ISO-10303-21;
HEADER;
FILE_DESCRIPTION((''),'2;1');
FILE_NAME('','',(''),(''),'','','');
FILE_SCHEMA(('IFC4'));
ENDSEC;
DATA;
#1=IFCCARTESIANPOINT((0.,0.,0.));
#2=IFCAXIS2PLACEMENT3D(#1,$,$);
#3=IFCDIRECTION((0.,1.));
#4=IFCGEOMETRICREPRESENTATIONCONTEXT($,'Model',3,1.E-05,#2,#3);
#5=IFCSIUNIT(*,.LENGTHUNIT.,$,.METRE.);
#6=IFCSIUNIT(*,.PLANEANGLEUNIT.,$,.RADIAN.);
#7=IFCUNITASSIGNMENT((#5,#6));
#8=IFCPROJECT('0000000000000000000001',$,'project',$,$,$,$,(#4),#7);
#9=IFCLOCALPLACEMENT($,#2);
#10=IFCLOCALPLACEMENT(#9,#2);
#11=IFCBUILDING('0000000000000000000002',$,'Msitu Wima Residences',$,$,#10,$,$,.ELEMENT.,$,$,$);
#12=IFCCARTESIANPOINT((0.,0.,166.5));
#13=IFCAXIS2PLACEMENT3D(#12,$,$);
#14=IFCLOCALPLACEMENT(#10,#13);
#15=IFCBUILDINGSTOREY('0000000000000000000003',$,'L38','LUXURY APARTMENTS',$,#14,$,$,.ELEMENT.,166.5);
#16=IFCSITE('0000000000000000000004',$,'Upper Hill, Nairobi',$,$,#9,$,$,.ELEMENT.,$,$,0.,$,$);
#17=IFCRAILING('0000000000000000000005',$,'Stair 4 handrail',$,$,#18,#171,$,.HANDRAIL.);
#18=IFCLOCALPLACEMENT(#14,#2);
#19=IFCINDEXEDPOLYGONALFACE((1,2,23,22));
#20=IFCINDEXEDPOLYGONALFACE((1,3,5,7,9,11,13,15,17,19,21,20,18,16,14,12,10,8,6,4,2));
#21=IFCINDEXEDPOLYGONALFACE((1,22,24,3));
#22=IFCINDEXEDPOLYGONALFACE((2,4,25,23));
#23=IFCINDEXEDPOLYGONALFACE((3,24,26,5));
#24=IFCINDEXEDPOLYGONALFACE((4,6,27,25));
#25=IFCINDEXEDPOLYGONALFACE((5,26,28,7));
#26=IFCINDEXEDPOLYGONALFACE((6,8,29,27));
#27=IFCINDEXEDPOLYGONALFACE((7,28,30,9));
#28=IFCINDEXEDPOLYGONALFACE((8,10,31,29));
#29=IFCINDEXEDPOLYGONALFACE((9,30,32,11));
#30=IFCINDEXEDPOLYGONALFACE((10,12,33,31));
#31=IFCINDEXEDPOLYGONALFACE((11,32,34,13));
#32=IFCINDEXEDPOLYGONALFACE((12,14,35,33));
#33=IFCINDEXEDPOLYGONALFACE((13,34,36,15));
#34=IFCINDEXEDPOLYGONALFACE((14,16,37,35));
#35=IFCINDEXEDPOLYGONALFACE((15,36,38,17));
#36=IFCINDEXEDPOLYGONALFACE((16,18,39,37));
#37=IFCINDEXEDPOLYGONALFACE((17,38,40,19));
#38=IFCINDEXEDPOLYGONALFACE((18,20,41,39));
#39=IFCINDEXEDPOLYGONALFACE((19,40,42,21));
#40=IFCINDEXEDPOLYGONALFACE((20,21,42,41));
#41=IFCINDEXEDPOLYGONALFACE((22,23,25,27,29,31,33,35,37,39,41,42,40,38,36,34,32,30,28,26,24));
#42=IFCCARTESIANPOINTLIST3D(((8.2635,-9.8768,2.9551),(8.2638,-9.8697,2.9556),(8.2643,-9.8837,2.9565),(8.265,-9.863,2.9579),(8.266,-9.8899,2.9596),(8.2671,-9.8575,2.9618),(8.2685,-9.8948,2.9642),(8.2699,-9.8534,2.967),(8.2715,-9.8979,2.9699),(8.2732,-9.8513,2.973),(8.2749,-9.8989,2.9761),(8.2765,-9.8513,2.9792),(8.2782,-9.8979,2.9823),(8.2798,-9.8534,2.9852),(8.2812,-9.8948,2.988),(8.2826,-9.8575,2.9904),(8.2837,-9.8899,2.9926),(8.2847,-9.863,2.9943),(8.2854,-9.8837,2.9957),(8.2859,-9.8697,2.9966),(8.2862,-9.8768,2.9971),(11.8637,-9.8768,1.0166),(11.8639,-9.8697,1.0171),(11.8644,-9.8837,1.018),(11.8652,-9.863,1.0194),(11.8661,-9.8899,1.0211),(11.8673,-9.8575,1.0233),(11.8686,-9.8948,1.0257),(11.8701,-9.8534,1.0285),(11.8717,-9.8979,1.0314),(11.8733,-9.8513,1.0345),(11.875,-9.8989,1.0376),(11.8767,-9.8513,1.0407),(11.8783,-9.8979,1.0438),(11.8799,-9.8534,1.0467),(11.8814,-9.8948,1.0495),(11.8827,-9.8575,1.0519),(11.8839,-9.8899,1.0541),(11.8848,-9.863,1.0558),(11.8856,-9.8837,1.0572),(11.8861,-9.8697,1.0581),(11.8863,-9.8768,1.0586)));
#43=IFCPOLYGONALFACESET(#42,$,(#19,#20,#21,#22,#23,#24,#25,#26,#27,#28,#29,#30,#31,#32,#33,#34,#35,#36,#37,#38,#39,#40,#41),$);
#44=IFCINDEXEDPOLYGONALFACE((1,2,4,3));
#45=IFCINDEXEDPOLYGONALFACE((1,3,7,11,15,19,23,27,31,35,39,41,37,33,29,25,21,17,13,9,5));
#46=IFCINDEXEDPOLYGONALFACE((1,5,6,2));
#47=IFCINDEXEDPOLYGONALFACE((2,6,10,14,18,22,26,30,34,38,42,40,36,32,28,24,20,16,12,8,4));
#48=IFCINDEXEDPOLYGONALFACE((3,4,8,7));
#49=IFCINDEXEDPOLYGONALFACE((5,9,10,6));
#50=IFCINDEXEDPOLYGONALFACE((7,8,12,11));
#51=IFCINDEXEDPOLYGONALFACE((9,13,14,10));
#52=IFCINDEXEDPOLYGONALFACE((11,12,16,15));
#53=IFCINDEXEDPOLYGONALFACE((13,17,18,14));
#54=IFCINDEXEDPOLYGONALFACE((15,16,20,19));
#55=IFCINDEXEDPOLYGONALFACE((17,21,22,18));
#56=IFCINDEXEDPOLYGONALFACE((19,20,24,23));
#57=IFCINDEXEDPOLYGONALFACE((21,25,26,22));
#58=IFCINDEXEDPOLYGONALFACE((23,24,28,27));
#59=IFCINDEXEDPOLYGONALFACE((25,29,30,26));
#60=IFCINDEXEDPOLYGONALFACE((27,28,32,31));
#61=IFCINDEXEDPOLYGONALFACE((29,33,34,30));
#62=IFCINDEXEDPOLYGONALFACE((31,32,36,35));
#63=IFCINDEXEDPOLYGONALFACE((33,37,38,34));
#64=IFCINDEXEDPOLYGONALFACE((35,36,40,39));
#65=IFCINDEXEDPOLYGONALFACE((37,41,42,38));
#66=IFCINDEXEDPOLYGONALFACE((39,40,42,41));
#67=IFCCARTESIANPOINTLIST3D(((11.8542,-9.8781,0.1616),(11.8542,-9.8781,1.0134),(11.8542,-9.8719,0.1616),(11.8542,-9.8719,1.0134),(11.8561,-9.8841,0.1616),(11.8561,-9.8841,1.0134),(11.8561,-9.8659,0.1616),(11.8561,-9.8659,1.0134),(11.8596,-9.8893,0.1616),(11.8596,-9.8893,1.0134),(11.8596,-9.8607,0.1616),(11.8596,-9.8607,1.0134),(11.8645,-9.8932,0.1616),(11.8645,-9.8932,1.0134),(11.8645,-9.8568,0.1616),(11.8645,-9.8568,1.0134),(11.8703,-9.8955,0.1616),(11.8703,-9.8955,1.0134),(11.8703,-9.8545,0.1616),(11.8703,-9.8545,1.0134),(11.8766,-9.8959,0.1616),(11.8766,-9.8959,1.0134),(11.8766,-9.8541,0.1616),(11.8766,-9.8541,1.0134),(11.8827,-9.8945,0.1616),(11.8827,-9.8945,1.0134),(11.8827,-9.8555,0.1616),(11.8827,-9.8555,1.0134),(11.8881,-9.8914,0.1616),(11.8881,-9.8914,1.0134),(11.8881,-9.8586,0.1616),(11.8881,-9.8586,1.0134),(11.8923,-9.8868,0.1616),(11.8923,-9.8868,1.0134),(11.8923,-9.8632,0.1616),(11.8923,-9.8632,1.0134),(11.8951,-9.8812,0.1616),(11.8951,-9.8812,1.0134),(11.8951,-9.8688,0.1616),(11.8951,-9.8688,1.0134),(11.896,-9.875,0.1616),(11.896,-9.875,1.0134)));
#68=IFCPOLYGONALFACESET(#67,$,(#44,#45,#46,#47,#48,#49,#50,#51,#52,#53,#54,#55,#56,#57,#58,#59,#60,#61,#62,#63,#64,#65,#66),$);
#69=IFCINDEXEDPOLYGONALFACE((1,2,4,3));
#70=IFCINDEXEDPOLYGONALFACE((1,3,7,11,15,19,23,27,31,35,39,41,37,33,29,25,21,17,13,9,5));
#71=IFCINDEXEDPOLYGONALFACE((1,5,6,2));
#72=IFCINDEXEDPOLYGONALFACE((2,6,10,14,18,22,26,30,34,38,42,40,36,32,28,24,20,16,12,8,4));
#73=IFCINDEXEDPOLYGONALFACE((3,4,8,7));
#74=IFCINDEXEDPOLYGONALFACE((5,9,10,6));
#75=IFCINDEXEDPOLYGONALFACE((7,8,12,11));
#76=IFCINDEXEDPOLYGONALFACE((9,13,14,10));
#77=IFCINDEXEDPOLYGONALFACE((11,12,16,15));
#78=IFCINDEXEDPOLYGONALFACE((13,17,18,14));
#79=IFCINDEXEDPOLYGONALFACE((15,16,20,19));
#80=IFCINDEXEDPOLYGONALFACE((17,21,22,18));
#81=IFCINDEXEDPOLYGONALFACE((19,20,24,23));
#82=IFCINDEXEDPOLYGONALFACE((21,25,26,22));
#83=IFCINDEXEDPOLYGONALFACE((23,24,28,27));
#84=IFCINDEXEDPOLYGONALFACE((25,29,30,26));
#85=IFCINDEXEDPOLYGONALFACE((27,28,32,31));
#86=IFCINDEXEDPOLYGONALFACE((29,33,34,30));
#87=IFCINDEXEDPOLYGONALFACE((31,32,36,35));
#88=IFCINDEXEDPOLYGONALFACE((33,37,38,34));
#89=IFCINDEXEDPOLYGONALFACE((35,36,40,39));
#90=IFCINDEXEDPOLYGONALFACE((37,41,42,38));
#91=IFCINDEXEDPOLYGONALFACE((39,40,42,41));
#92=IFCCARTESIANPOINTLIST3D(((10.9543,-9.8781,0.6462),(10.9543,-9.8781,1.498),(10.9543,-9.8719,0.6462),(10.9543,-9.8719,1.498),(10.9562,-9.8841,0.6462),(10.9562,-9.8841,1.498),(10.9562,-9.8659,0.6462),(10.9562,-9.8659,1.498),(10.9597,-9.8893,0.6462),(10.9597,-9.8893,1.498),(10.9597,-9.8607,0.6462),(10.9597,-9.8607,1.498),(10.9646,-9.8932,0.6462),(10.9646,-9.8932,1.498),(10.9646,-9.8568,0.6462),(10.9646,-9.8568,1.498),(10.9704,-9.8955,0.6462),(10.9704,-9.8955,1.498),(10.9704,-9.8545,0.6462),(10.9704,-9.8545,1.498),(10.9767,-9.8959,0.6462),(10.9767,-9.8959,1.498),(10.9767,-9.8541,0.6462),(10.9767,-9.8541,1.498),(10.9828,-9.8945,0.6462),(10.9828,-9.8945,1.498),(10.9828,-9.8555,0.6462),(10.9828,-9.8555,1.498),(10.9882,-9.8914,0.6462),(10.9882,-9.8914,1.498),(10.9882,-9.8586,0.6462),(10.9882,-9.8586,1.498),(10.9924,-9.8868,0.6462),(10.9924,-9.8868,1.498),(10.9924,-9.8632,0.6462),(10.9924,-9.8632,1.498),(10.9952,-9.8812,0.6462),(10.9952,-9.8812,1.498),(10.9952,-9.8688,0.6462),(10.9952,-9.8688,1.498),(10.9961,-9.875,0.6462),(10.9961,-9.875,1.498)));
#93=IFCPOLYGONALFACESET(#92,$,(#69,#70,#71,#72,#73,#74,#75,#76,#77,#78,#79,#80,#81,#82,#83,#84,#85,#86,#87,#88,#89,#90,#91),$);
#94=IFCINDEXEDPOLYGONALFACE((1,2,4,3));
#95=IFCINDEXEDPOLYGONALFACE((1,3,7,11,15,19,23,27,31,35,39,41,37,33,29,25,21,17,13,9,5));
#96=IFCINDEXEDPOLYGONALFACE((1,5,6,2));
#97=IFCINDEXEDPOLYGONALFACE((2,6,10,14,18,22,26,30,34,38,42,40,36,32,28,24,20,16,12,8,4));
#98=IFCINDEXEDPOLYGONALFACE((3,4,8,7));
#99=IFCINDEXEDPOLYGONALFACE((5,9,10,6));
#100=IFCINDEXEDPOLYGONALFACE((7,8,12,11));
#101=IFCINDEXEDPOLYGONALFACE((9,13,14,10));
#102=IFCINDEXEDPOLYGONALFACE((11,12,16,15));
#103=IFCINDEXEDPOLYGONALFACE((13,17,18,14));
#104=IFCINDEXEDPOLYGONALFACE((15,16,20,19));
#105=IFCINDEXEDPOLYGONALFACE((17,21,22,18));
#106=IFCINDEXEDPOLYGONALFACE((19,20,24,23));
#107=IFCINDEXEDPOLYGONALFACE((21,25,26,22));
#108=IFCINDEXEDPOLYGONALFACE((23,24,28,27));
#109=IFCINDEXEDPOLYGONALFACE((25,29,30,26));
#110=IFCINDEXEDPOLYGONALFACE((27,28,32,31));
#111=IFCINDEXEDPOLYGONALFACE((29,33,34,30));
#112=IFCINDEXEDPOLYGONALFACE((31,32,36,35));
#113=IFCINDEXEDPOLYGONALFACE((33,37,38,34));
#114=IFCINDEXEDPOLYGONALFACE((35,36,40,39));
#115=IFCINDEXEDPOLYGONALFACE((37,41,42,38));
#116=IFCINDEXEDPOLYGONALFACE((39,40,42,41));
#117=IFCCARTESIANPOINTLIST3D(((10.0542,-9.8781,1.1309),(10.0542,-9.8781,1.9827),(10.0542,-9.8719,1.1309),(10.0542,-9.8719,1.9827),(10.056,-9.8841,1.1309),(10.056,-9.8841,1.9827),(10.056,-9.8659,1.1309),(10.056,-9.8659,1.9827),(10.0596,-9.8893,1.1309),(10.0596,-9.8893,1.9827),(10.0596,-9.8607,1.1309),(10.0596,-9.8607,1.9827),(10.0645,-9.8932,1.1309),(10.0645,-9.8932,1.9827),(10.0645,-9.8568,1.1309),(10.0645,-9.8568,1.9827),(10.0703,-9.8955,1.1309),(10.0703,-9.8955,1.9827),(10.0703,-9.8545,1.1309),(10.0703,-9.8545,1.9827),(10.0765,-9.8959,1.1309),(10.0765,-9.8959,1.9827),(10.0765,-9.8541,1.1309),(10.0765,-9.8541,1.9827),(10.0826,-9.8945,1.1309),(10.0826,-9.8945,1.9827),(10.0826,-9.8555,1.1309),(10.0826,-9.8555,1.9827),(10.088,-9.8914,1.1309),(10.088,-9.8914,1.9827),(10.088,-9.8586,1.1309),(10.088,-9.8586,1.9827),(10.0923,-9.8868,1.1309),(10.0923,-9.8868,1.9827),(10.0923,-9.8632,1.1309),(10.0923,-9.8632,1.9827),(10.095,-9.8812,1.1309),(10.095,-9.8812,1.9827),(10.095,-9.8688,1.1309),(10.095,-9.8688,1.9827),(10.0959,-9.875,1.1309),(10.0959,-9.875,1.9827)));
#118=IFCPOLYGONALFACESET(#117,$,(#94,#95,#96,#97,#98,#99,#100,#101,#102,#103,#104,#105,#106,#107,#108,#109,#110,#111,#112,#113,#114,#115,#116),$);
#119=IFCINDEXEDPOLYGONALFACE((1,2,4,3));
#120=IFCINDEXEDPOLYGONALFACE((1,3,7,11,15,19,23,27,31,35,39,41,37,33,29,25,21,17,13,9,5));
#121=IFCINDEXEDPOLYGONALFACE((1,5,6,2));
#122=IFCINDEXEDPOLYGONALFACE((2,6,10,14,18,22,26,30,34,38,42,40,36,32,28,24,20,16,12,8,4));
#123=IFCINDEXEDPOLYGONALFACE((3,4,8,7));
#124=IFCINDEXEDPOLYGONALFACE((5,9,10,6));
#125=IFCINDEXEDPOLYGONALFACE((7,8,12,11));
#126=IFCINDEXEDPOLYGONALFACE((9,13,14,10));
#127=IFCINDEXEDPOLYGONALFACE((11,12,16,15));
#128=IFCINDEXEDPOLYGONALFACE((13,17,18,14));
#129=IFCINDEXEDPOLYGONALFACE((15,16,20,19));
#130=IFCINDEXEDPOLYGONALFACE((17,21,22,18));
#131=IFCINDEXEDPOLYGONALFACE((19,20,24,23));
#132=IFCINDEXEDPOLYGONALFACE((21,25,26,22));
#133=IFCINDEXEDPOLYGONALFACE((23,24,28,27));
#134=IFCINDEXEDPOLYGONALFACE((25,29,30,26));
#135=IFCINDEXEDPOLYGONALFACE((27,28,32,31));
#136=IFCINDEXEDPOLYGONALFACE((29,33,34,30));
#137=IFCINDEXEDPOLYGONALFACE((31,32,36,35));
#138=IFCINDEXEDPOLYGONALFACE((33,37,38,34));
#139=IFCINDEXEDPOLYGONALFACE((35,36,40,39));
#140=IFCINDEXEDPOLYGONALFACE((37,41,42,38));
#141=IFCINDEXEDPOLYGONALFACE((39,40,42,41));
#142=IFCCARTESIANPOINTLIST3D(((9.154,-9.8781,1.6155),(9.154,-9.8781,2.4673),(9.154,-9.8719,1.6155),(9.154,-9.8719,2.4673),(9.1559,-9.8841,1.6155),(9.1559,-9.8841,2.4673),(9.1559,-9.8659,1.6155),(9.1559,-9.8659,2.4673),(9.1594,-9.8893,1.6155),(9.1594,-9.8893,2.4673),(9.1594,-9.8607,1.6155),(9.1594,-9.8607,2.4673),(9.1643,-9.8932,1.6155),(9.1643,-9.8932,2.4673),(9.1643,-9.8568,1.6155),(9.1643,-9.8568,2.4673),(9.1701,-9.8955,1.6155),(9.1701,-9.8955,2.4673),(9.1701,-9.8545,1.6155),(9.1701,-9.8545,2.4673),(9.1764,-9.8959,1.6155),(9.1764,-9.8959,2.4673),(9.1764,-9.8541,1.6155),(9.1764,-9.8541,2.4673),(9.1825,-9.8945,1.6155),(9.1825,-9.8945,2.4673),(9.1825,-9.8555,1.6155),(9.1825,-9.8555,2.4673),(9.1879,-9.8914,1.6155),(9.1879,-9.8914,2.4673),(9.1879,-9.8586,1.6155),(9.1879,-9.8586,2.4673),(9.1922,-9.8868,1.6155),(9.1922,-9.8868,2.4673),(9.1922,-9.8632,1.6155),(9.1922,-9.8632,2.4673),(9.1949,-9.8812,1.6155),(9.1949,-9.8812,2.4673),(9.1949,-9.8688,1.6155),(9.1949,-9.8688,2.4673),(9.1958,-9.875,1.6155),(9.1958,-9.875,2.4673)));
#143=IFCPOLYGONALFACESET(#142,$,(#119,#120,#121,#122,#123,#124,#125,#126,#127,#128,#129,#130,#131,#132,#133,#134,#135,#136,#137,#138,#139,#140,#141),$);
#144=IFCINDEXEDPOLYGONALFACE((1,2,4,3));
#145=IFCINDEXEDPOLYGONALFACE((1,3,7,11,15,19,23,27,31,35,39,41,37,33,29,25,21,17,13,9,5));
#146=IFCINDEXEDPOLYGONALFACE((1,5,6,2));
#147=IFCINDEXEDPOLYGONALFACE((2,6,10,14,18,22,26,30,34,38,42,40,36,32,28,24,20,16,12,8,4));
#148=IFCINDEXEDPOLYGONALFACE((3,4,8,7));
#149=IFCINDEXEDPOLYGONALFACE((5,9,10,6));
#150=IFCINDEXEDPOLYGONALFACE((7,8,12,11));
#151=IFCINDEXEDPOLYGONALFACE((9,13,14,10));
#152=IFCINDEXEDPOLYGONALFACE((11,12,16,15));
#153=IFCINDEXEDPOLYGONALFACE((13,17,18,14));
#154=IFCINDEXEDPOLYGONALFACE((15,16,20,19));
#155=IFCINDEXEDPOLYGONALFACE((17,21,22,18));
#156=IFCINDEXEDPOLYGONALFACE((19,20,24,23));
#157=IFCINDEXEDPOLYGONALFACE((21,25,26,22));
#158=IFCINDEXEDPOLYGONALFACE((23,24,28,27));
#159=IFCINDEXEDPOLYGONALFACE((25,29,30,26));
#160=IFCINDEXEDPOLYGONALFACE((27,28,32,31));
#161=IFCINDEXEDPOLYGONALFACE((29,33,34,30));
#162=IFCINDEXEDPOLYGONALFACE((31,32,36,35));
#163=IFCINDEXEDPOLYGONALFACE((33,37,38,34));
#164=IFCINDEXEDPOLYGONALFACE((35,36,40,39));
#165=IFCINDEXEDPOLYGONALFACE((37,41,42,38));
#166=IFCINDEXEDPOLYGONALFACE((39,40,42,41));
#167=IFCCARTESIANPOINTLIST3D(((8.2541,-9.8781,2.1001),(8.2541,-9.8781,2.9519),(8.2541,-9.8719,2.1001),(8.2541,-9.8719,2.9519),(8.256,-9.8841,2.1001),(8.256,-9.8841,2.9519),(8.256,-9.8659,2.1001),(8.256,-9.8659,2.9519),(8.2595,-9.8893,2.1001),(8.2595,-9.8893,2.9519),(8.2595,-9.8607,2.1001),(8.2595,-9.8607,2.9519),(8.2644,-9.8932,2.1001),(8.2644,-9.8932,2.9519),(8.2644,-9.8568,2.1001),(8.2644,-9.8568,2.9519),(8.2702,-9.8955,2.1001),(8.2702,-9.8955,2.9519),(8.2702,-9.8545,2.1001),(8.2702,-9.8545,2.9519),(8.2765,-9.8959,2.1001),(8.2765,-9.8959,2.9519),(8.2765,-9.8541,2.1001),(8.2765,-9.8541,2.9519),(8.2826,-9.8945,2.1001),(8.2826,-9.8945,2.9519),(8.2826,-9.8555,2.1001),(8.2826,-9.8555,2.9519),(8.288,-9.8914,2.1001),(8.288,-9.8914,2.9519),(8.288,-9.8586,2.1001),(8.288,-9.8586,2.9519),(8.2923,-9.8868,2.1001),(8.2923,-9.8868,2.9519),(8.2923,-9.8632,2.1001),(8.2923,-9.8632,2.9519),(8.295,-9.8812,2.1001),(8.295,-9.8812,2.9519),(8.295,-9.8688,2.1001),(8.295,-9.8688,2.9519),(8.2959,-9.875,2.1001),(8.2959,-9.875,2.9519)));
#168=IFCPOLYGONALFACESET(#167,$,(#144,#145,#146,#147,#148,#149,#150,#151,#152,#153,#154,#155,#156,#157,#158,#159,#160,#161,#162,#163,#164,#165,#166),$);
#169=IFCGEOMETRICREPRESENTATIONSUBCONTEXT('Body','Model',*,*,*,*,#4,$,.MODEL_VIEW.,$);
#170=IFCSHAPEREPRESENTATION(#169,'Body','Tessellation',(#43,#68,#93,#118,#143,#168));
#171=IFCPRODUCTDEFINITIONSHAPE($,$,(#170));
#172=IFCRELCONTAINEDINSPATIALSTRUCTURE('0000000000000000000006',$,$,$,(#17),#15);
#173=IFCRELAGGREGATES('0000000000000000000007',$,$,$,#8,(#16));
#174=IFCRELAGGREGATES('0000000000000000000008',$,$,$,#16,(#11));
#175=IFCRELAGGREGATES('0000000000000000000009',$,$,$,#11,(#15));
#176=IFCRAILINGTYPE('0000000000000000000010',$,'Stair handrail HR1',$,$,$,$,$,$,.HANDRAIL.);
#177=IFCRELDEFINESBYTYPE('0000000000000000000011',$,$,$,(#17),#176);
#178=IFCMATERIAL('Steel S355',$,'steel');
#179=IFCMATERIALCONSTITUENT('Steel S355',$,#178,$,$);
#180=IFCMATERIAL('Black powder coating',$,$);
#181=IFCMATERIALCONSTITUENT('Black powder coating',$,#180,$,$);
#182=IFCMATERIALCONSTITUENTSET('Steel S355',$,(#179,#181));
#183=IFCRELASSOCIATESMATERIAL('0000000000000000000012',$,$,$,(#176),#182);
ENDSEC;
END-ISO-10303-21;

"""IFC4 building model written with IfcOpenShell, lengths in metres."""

from ifc_helpers import new_model, si_unit, direction, frame, origin, origin_2d, place, context, subcontext, project, spatial, circle, extrude, material, constituent, constituent_set, type_object, element, save


model = new_model("IFC4")

# Units and contexts
model_context = context("Model", 3, precision=1e-05, world=origin(), true_north=direction((0.0, 1.0)))
body_context = subcontext(model_context, "Body", "Model", "MODEL_VIEW")
ifc_project = project(units=[si_unit("LENGTHUNIT", "METRE"), si_unit("PLANEANGLEUNIT", "RADIAN")], contexts=[model_context])

# Site, building, storey
site_placement = place(None, origin())
site = spatial("IfcSite", under=ifc_project, at=site_placement, Name="Upper Hill, Nairobi", CompositionType="ELEMENT", RefElevation=0.0)
building_placement = place(site_placement, origin())
building = spatial("IfcBuilding", under=site, at=building_placement, Name="Msitu Wima Residences", CompositionType="ELEMENT")
storey_placement = place(building_placement, frame((0.0, 0.0, 166.5)))
storey = spatial("IfcBuildingStorey", under=building, at=storey_placement, Name="L38", Description="LUXURY APARTMENTS", CompositionType="ELEMENT", Elevation=166.5)

# Railing
ifc_material_1 = material(Name="Steel S355", Category="steel")
ifc_constituent_1 = constituent(ifc_material_1, Name="Steel S355")
ifc_material_2 = material(Name="Black powder coating")
ifc_constituent_2 = constituent(ifc_material_2, Name="Black powder coating")
ifc_constituent_set = constituent_set(constituents=[ifc_constituent_1, ifc_constituent_2], Name="Steel S355")
railing_type = type_object("IfcRailingType", Name="Stair handrail HR1", PredefinedType="HANDRAIL", material=ifc_constituent_set)
for number, where, name in (
    (1, (11.875, -9.875, 0.1616), "Stair 4 handrail"),
):
    element("IfcRailing", number, at=place(storey_placement, frame(where)), inside=storey, type_object=railing_type, Name=name, PredefinedType="HANDRAIL", context=body_context, shape_type="SweptSolid", body=[
        extrude(circle(Radius=0.0239, at=origin_2d()), frame((0.0, 0.0, 0.876), z_axis=(-0.880475, 0.0, 0.474093), x_axis=(0.0, -1.0, 0.0)), (0.0, 0.0, 1.0), 4.0889),
        extrude(circle(Radius=0.021, at=origin_2d()), origin(), (0.0, 0.0, 1.0), 0.8518),
        extrude(circle(Radius=0.021, at=origin_2d()), frame((-0.8999, 0.0, 0.4846)), (0.0, 0.0, 1.0), 0.8518),
        extrude(circle(Radius=0.021, at=origin_2d()), frame((-1.8, 0.0, 0.9692)), (0.0, 0.0, 1.0), 0.8518),
        extrude(circle(Radius=0.021, at=origin_2d()), frame((-2.7002, 0.0, 1.4539)), (0.0, 0.0, 1.0), 0.8518),
        extrude(circle(Radius=0.021, at=origin_2d()), frame((-3.6001, 0.0, 1.9385)), (0.0, 0.0, 1.0), 0.8518),
    ])

save(model, "model.ifc")
